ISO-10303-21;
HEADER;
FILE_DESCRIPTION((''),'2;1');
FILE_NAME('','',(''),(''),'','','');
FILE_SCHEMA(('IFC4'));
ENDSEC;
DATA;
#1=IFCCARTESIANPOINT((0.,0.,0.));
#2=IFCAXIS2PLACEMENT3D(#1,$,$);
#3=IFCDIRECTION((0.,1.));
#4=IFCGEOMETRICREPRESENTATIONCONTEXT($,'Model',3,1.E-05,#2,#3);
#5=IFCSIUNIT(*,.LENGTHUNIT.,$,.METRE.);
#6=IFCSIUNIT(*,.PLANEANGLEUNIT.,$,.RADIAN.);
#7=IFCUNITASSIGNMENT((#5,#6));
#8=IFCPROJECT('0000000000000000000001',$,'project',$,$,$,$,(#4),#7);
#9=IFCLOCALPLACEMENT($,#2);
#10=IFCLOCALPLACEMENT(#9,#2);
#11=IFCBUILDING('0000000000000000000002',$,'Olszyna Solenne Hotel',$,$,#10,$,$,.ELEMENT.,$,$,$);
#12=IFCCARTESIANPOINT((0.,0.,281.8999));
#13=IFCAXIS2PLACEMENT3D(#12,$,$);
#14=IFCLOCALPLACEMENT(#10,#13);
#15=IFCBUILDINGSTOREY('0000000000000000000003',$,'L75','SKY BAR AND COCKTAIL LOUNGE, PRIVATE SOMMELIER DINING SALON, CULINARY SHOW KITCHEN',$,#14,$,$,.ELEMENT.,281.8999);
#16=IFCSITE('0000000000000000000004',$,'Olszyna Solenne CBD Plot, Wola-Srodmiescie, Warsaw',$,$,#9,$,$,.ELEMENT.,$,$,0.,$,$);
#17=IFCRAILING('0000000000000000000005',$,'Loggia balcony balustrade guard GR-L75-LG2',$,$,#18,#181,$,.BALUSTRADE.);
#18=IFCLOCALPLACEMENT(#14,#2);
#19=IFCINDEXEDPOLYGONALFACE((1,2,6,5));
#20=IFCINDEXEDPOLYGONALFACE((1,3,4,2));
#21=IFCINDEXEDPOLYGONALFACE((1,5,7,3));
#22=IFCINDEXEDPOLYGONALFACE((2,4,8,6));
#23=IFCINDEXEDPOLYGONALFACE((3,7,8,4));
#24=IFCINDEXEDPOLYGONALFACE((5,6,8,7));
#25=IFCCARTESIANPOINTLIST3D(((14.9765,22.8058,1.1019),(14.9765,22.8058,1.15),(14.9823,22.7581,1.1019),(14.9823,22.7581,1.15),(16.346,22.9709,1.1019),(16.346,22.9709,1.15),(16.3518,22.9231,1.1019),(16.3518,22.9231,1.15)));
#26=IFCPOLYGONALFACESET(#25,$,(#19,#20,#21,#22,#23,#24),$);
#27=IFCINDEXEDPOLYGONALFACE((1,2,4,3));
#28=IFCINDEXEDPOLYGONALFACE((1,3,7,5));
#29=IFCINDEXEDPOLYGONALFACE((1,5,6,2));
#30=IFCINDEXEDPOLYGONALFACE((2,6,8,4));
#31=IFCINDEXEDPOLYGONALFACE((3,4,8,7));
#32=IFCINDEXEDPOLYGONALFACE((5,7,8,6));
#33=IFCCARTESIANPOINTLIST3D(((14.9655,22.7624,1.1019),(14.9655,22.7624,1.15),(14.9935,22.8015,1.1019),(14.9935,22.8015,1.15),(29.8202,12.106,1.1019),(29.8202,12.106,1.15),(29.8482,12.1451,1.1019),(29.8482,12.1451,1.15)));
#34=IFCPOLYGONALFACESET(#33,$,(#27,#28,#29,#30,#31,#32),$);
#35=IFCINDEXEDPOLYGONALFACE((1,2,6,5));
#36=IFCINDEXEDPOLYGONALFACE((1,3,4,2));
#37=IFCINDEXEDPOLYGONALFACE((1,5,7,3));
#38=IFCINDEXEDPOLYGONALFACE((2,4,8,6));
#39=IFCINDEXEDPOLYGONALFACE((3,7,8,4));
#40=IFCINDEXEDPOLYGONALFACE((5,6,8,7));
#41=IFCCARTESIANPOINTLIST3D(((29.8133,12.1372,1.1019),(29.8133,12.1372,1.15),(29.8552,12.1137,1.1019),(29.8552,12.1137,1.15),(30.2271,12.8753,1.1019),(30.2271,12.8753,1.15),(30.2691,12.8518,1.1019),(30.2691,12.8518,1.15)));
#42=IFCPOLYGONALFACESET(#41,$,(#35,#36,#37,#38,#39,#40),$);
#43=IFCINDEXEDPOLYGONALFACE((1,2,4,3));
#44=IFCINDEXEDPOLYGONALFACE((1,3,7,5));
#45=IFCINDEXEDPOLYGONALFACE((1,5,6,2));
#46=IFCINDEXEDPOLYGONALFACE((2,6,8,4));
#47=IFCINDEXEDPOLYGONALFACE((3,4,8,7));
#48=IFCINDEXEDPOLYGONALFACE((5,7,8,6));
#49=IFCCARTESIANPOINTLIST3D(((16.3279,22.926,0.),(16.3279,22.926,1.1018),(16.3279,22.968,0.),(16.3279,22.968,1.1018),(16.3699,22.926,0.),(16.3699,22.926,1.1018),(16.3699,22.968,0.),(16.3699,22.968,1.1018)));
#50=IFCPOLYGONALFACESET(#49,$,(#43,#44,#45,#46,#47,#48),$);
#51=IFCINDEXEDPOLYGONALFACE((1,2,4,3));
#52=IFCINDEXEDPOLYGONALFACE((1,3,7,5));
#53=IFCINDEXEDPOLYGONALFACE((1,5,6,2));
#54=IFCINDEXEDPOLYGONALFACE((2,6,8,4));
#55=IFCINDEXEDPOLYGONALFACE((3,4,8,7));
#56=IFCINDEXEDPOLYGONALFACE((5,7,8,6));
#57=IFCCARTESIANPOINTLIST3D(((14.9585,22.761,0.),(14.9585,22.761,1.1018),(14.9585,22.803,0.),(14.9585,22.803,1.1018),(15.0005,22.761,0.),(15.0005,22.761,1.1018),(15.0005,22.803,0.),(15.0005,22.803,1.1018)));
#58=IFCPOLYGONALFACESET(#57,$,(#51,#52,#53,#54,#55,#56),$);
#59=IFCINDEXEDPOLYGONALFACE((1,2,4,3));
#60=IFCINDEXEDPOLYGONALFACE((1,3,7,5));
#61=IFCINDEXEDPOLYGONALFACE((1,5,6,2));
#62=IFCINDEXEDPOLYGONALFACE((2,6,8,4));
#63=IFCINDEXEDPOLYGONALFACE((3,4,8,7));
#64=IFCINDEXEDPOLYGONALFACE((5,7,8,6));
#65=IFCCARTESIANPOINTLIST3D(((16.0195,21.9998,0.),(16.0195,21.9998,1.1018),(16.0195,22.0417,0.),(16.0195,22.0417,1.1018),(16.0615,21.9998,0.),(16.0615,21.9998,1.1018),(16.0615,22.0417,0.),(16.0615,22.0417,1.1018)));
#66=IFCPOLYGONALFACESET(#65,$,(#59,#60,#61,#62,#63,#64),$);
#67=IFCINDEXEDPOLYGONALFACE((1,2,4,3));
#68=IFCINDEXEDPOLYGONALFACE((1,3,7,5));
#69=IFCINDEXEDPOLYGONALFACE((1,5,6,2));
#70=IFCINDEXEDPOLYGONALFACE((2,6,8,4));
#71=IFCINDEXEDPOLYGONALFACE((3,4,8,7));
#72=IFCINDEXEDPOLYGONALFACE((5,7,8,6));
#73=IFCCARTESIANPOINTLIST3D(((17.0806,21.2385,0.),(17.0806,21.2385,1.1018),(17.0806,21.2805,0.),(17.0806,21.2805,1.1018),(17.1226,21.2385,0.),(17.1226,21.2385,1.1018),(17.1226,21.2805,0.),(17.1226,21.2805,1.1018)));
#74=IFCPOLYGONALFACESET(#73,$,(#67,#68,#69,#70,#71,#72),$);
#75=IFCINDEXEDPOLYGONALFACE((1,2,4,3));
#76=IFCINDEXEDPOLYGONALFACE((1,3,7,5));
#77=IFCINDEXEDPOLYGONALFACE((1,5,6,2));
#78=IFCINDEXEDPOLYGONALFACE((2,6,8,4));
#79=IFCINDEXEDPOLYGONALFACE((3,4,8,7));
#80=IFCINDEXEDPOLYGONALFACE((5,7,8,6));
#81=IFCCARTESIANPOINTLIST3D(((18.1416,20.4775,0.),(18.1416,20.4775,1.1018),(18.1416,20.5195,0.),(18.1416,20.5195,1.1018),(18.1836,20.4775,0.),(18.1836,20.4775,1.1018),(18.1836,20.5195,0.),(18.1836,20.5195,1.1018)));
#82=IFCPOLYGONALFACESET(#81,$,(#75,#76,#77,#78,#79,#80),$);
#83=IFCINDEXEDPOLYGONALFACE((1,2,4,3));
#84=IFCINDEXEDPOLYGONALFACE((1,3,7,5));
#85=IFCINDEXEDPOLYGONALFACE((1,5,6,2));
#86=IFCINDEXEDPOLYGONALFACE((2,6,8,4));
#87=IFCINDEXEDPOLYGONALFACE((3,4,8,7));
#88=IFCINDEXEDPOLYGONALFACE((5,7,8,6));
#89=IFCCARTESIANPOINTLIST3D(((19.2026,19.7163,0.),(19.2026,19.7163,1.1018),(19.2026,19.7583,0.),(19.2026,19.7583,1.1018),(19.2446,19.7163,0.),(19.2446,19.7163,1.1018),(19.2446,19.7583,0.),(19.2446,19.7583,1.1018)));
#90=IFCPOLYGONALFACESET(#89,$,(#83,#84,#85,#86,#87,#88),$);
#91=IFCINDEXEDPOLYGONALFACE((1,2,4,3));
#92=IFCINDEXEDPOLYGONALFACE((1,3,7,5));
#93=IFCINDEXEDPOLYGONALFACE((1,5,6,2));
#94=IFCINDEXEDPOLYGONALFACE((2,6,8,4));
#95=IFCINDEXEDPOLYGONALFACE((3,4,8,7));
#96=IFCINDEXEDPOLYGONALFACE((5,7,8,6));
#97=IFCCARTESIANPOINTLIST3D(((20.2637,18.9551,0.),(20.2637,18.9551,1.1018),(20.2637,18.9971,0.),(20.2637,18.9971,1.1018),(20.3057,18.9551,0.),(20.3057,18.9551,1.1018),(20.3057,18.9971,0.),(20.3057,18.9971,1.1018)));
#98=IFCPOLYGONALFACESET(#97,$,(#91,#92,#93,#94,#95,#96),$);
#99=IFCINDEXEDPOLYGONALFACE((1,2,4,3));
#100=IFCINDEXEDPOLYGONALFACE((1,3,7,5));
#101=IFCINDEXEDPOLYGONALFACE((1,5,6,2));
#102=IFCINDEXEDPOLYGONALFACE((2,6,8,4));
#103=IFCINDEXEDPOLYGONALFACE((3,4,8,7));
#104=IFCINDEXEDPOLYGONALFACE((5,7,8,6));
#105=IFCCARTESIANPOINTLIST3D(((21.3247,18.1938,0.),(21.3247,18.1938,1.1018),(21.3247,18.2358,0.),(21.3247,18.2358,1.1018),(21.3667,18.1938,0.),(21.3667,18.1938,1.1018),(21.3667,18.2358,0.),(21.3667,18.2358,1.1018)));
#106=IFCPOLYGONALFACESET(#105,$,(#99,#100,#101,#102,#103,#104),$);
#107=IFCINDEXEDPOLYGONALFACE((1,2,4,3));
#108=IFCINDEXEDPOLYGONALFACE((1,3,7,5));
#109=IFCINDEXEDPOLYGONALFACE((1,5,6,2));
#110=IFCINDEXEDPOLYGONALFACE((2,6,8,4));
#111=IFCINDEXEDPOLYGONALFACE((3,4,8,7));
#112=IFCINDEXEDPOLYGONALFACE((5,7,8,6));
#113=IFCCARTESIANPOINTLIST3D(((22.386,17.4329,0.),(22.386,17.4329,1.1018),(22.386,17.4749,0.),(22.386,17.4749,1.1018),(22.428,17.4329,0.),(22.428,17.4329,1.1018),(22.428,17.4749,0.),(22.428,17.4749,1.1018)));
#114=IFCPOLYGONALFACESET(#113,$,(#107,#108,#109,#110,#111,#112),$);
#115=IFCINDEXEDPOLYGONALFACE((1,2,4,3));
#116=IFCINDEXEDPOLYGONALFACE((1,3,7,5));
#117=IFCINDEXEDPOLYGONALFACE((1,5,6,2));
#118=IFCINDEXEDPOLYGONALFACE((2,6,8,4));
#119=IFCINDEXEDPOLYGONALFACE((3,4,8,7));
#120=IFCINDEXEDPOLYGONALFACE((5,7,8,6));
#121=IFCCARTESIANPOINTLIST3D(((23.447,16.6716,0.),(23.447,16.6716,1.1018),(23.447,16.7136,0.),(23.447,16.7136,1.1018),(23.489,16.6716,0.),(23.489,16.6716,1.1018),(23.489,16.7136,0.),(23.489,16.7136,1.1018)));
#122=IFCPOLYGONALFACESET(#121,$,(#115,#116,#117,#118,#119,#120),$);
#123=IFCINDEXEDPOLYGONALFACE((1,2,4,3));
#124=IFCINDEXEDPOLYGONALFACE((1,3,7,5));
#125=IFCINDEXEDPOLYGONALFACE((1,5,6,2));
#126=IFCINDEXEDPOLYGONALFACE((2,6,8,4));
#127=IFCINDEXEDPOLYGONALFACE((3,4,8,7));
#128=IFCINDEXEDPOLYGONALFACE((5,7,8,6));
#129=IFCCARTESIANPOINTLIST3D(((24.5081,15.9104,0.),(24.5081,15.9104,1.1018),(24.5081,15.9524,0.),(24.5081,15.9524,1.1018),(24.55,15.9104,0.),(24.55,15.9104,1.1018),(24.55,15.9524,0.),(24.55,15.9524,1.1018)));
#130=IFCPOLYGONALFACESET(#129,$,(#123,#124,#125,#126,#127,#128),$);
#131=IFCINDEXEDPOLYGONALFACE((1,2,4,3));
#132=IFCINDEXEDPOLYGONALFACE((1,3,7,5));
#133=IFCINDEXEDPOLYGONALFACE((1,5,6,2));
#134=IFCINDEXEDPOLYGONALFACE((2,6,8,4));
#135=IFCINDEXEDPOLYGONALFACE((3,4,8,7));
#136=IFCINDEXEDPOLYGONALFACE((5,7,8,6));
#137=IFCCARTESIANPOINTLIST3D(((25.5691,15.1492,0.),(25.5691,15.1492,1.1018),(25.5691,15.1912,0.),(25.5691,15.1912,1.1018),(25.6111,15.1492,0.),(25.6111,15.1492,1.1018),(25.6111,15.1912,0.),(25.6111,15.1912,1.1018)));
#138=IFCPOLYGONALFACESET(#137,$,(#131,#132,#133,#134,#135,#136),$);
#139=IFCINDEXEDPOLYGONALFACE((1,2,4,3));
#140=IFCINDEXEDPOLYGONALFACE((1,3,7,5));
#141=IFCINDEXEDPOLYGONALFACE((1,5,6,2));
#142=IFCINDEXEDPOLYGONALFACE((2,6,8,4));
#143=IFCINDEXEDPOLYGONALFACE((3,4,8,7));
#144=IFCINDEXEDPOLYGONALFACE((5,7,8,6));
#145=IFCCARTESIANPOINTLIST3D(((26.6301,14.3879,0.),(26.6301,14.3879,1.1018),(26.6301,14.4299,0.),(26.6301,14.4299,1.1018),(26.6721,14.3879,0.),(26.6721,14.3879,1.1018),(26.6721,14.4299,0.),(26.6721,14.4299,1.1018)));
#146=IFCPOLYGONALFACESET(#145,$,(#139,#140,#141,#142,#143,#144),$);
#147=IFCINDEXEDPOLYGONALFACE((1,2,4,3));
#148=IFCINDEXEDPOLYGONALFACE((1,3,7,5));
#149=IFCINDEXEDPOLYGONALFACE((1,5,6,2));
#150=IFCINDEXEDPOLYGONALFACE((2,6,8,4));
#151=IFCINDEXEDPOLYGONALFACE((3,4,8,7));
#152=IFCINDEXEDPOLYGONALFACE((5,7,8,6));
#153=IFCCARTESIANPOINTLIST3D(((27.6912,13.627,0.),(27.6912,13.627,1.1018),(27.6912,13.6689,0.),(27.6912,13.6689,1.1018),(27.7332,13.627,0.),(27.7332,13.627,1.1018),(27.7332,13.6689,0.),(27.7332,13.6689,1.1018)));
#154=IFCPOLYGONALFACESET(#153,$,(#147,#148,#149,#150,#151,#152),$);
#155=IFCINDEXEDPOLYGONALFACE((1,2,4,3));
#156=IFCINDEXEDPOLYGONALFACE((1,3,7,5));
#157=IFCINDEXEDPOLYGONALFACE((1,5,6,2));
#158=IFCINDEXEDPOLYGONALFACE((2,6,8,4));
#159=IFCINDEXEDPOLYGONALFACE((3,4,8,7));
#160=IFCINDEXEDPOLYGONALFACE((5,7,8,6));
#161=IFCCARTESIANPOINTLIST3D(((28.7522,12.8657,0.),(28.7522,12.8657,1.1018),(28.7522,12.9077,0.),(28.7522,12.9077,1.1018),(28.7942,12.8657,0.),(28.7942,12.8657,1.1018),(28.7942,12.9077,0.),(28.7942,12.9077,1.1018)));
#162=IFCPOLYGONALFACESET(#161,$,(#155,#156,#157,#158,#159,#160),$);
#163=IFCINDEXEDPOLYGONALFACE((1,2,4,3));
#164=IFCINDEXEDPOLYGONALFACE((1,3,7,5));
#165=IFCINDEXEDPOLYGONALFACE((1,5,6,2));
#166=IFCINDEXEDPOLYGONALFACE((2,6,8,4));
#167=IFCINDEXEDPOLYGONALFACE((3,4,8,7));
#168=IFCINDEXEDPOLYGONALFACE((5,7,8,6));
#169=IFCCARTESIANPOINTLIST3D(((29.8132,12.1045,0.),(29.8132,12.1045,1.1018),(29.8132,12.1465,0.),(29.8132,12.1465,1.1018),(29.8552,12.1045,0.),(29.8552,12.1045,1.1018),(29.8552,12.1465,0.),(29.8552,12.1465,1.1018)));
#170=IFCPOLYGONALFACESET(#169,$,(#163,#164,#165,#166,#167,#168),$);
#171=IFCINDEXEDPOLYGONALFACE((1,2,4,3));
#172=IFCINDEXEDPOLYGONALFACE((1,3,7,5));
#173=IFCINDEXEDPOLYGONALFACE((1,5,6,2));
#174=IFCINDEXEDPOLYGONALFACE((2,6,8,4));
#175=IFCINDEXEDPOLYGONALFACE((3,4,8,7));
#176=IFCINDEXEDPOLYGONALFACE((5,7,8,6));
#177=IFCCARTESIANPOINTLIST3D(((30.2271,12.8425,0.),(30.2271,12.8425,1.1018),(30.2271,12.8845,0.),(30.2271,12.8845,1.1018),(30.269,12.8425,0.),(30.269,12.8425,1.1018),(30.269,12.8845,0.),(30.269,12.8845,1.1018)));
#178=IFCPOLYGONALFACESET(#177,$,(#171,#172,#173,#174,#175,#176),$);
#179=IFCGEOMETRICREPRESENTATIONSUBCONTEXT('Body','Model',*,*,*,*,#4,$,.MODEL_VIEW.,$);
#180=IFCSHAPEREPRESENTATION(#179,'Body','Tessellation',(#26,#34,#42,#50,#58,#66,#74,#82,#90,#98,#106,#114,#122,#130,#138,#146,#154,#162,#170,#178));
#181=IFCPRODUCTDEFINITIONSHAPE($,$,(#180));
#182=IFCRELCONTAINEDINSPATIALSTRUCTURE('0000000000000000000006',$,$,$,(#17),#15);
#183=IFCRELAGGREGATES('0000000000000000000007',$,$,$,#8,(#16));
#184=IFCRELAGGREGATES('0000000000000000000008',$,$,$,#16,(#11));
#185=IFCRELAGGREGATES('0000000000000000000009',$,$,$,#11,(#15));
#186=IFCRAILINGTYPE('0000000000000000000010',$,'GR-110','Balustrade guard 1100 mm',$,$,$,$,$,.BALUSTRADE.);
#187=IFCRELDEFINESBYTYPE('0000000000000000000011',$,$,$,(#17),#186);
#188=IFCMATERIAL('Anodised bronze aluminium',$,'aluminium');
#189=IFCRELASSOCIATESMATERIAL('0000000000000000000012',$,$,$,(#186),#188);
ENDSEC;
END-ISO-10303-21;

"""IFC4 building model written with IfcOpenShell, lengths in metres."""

from ifc_helpers import new_model, si_unit, direction, frame, origin, origin_2d, place, context, subcontext, project, spatial, rectangle, extrude, material, type_object, element, save


model = new_model("IFC4")

# Units and contexts
model_context = context("Model", 3, precision=1e-05, world=origin(), true_north=direction((0.0, 1.0)))
body_context = subcontext(model_context, "Body", "Model", "MODEL_VIEW")
ifc_project = project(units=[si_unit("LENGTHUNIT", "METRE"), si_unit("PLANEANGLEUNIT", "RADIAN")], contexts=[model_context])

# Site, building, storey
site_placement = place(None, origin())
site = spatial("IfcSite", under=ifc_project, at=site_placement, Name="Olszyna Solenne CBD Plot, Wola-Srodmiescie, Warsaw", CompositionType="ELEMENT", RefElevation=0.0)
building_placement = place(site_placement, origin())
building = spatial("IfcBuilding", under=site, at=building_placement, Name="Olszyna Solenne Hotel", CompositionType="ELEMENT")
storey_placement = place(building_placement, frame((0.0, 0.0, 281.8999)))
storey = spatial("IfcBuildingStorey", under=building, at=storey_placement, Name="L75", Description="SKY BAR AND COCKTAIL LOUNGE, PRIVATE SOMMELIER DINING SALON, CULINARY SHOW KITCHEN", CompositionType="ELEMENT", Elevation=281.8999)

# Shared definitions
ifc_material_1 = material(Name="Anodised bronze aluminium", Category="aluminium")

# Railing
railing_type = type_object("IfcRailingType", Name="GR-110", Description="Balustrade guard 1100 mm", PredefinedType="BALUSTRADE", material=ifc_material_1)
railing_placement = place(storey_placement, frame((16.3489, 22.947, 0.0)))
element("IfcRailing", 1, at=railing_placement, inside=storey, type_object=railing_type, Name="Loggia balcony balustrade guard GR-L75-LG2", PredefinedType="BALUSTRADE", context=body_context, shape_type="SweptSolid", body=[
    extrude(rectangle(XDim=0.0481, YDim=0.0481, at=origin_2d()), frame((0.0, 0.0, 1.126), z_axis=(-0.992816, -0.119655, 0.0), x_axis=(0.119655, -0.992816, 0.0)), (0.0, 0.0, 1.0), 1.3794),
    extrude(rectangle(XDim=0.0481, YDim=0.0481, at=origin_2d()), frame((-1.3694, -0.165, 1.126), z_axis=(0.812543, -0.582902, 0.0), x_axis=(0.582902, 0.812543, 0.0)), (0.0, 0.0, 1.0), 18.2817),
    extrude(rectangle(XDim=0.0481, YDim=0.0481, at=origin_2d()), frame((13.4854, -10.8215, 1.126), z_axis=(0.489069, 0.872245, 0.0), x_axis=(-0.872245, 0.489069, 0.0)), (0.0, 0.0, 1.0), 0.8462),
    extrude(rectangle(XDim=0.042, YDim=0.042, at=origin_2d()), origin(), (0.0, 0.0, 1.0), 1.1018),
    extrude(rectangle(XDim=0.042, YDim=0.042, at=origin_2d()), frame((-1.3694, -0.165, 0.0)), (0.0, 0.0, 1.0), 1.1018),
    extrude(rectangle(XDim=0.042, YDim=0.042, at=origin_2d()), frame((-0.3083, -0.9263, 0.0)), (0.0, 0.0, 1.0), 1.1018),
    extrude(rectangle(XDim=0.042, YDim=0.042, at=origin_2d()), frame((0.7527, -1.6875, 0.0)), (0.0, 0.0, 1.0), 1.1018),
    extrude(rectangle(XDim=0.042, YDim=0.042, at=origin_2d()), frame((1.8137, -2.4485, 0.0)), (0.0, 0.0, 1.0), 1.1018),
    extrude(rectangle(XDim=0.042, YDim=0.042, at=origin_2d()), frame((2.8748, -3.2097, 0.0)), (0.0, 0.0, 1.0), 1.1018),
    extrude(rectangle(XDim=0.042, YDim=0.042, at=origin_2d()), frame((3.9358, -3.9709, 0.0)), (0.0, 0.0, 1.0), 1.1018),
    extrude(rectangle(XDim=0.042, YDim=0.042, at=origin_2d()), frame((4.9968, -4.7322, 0.0)), (0.0, 0.0, 1.0), 1.1018),
    extrude(rectangle(XDim=0.042, YDim=0.042, at=origin_2d()), frame((6.0581, -5.4932, 0.0)), (0.0, 0.0, 1.0), 1.1018),
    extrude(rectangle(XDim=0.042, YDim=0.042, at=origin_2d()), frame((7.1191, -6.2544, 0.0)), (0.0, 0.0, 1.0), 1.1018),
    extrude(rectangle(XDim=0.042, YDim=0.042, at=origin_2d()), frame((8.1802, -7.0156, 0.0)), (0.0, 0.0, 1.0), 1.1018),
    extrude(rectangle(XDim=0.042, YDim=0.042, at=origin_2d()), frame((9.2412, -7.7769, 0.0)), (0.0, 0.0, 1.0), 1.1018),
    extrude(rectangle(XDim=0.042, YDim=0.042, at=origin_2d()), frame((10.3022, -8.5381, 0.0)), (0.0, 0.0, 1.0), 1.1018),
    extrude(rectangle(XDim=0.042, YDim=0.042, at=origin_2d()), frame((11.3633, -9.2991, 0.0)), (0.0, 0.0, 1.0), 1.1018),
    extrude(rectangle(XDim=0.042, YDim=0.042, at=origin_2d()), frame((12.4243, -10.0603, 0.0)), (0.0, 0.0, 1.0), 1.1018),
    extrude(rectangle(XDim=0.042, YDim=0.042, at=origin_2d()), frame((13.4854, -10.8215, 0.0)), (0.0, 0.0, 1.0), 1.1018),
    extrude(rectangle(XDim=0.042, YDim=0.042, at=origin_2d()), frame((13.8992, -10.0835, 0.0)), (0.0, 0.0, 1.0), 1.1018),
])

save(model, "model.ifc")
